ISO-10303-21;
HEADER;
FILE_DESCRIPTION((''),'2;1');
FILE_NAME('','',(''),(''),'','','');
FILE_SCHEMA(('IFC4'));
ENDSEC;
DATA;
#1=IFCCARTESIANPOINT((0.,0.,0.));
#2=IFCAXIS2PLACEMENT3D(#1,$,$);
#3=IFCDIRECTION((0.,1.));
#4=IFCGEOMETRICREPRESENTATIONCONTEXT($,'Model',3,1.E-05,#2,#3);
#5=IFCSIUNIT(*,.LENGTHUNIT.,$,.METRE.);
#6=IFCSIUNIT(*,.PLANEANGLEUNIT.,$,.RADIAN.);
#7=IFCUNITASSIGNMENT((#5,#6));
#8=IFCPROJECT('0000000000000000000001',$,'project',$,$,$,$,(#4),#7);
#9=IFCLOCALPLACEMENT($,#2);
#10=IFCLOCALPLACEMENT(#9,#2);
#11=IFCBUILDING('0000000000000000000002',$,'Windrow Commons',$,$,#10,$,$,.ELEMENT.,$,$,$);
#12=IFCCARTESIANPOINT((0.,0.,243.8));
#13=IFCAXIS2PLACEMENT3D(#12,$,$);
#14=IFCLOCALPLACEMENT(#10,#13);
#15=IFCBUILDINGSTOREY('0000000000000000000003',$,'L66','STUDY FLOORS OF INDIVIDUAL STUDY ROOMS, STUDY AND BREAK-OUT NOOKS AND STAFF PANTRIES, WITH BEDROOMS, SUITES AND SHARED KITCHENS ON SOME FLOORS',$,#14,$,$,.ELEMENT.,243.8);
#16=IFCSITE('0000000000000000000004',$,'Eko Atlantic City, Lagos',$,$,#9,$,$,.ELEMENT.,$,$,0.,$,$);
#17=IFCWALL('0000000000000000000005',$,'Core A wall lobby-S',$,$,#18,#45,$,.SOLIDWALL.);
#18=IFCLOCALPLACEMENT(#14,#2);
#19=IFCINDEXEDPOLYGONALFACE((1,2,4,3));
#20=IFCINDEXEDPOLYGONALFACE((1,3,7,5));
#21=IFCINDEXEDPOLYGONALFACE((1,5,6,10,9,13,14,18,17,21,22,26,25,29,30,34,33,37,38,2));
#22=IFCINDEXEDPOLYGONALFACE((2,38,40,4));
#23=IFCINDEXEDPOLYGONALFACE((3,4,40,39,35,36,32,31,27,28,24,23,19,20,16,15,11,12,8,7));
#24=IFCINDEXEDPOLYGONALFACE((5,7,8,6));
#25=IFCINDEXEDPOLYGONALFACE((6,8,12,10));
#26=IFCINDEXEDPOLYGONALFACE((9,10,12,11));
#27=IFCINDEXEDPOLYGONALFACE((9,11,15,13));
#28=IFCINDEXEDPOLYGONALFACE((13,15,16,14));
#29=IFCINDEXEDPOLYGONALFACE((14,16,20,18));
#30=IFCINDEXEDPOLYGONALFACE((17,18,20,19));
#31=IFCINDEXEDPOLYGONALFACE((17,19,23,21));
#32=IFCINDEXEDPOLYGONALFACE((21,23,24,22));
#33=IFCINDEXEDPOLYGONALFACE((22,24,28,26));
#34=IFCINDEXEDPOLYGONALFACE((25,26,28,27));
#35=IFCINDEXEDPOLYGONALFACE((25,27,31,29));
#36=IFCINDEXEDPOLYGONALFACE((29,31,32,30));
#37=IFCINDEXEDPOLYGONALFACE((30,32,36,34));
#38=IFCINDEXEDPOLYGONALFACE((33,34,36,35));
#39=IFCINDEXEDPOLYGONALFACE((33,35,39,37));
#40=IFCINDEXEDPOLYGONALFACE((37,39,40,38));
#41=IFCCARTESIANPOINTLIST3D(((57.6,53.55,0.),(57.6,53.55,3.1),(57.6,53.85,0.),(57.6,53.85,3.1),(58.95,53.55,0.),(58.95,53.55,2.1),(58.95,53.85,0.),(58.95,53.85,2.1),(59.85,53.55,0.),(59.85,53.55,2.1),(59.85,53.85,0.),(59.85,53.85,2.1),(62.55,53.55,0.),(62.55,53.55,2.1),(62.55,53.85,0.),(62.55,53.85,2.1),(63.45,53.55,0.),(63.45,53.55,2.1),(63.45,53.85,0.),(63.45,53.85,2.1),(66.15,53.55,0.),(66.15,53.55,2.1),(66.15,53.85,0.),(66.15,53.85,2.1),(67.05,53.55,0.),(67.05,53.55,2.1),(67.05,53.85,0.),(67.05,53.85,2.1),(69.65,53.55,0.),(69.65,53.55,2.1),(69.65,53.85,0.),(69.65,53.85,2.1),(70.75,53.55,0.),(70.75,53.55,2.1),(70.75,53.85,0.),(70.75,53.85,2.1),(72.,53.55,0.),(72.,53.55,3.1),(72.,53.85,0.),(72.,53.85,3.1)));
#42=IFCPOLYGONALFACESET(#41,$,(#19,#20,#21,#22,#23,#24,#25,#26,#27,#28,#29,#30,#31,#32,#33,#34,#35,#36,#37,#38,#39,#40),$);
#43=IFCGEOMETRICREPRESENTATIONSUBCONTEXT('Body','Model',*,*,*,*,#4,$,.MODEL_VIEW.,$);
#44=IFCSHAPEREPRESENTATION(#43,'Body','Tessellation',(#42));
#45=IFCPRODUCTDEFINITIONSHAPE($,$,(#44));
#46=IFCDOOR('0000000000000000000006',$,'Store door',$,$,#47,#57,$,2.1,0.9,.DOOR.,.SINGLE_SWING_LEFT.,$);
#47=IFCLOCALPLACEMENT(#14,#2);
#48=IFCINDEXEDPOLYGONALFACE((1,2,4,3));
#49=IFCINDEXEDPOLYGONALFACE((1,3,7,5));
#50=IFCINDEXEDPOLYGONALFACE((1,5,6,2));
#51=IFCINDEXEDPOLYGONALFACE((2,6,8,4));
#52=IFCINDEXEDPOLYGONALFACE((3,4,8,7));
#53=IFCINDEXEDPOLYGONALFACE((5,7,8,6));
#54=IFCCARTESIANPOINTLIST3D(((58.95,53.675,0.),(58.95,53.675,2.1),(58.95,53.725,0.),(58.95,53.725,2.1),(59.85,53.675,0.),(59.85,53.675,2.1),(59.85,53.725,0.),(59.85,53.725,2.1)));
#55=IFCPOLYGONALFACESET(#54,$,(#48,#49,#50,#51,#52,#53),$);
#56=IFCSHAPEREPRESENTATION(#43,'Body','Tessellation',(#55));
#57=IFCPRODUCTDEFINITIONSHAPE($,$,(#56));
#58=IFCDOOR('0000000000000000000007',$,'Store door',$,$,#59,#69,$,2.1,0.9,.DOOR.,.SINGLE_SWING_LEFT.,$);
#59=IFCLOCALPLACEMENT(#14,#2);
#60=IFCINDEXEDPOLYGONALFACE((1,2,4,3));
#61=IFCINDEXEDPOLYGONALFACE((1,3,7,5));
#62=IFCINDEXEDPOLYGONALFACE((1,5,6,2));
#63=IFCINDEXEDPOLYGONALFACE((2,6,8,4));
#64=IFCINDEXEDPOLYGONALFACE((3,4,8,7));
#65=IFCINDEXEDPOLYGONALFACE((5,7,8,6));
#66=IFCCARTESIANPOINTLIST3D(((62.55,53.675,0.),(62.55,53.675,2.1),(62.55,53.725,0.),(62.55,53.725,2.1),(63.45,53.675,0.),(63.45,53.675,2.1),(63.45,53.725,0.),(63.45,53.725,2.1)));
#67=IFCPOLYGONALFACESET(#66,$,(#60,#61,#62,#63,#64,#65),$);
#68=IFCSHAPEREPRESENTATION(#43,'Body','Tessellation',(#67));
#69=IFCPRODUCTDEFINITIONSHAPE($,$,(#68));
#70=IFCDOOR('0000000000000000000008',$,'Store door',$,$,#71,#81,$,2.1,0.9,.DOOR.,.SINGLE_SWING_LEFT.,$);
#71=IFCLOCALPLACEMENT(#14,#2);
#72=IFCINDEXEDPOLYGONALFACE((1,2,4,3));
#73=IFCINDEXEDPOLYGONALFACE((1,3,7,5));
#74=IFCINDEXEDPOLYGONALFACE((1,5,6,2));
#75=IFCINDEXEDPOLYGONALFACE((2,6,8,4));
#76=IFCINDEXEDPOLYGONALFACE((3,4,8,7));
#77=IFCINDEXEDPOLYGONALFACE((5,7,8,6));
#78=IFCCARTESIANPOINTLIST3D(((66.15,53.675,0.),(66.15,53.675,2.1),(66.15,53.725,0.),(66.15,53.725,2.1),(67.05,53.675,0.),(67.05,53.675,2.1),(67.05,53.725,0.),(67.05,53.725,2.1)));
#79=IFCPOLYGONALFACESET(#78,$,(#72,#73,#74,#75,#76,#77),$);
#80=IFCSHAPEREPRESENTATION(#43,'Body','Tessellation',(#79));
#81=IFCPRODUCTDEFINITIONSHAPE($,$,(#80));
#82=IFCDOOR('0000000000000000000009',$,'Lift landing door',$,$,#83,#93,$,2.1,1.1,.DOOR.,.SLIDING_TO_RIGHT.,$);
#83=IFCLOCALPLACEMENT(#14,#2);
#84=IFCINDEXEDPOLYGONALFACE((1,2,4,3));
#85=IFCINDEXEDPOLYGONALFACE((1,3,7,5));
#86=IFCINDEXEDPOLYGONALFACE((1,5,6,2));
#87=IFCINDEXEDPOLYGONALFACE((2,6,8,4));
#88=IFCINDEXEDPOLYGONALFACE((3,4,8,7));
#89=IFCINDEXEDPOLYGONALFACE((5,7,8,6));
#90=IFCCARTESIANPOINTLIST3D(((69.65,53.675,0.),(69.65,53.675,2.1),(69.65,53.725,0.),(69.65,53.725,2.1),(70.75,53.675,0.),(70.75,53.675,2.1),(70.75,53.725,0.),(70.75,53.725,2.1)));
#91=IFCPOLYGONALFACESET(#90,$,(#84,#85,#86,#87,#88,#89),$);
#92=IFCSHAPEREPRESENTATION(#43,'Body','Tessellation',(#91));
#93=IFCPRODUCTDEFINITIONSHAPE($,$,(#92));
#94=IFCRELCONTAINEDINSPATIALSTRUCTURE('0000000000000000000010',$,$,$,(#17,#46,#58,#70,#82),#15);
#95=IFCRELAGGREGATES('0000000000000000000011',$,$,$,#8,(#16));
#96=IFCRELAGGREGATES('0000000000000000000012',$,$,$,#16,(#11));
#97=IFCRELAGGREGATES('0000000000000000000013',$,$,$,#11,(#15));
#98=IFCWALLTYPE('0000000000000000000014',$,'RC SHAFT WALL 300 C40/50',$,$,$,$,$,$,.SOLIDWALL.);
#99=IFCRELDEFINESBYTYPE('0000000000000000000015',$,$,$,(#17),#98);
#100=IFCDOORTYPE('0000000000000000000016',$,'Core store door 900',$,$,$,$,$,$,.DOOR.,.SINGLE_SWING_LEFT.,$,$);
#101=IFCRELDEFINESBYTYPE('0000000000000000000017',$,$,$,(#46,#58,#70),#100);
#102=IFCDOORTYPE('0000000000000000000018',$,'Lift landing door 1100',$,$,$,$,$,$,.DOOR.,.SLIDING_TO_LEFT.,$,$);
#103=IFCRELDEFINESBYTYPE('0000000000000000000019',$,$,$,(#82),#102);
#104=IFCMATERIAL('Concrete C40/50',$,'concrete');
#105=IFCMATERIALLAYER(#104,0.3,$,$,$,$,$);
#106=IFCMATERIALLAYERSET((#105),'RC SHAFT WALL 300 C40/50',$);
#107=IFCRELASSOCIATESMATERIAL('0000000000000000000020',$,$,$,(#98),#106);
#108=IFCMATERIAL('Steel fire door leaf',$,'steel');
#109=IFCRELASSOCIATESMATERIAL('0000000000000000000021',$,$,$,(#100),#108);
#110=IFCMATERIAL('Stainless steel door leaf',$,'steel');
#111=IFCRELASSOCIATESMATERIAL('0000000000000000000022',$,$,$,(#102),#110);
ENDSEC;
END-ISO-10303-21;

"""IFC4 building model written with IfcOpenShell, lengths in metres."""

from ifc_helpers import new_model, si_unit, direction, frame, frame_2d, origin, place, context, subcontext, project, spatial, rectangle, extrude, material, layer, layer_set, type_object, element, fill, save


model = new_model("IFC4")

# Units and contexts
model_context = context("Model", 3, precision=1e-05, world=origin(), true_north=direction((0.0, 1.0)))
body_context = subcontext(model_context, "Body", "Model", "MODEL_VIEW")
ifc_project = project(units=[si_unit("LENGTHUNIT", "METRE"), si_unit("PLANEANGLEUNIT", "RADIAN")], contexts=[model_context])

# Site, building, storey
site_placement = place(None, origin())
site = spatial("IfcSite", under=ifc_project, at=site_placement, Name="Eko Atlantic City, Lagos", CompositionType="ELEMENT", RefElevation=0.0)
building_placement = place(site_placement, origin())
building = spatial("IfcBuilding", under=site, at=building_placement, Name="Windrow Commons", CompositionType="ELEMENT")
storey_placement = place(building_placement, frame((0.0, 0.0, 243.8)))
storey = spatial("IfcBuildingStorey", under=building, at=storey_placement, Name="L66", Description="STUDY FLOORS OF INDIVIDUAL STUDY ROOMS, STUDY AND BREAK-OUT NOOKS AND STAFF PANTRIES, WITH BEDROOMS, SUITES AND SHARED KITCHENS ON SOME FLOORS", CompositionType="ELEMENT", Elevation=243.8)

# Shared definitions
ifc_material_1 = material(Name="Concrete C40/50", Category="concrete")
ifc_layer_1 = layer(ifc_material_1, 0.3)
ifc_layer_set_1 = layer_set([ifc_layer_1], Name="RC SHAFT WALL 300 C40/50")
wall_type_1 = type_object("IfcWallType", Name="RC SHAFT WALL 300 C40/50", PredefinedType="SOLIDWALL", material=ifc_layer_set_1)

# Wall, openings, doors
wall_1_placement = place(storey_placement, frame((57.6, 53.7, 0.0), z_axis=(0.0, 0.0, 1.0), x_axis=(1.0, 0.0, 0.0)))
wall_1 = element("IfcWall", 1, at=wall_1_placement, inside=storey, type_object=wall_type_1, Name="Core A wall lobby-S", PredefinedType="SOLIDWALL", context=body_context, shape_type="SweptSolid", body=[
    extrude(rectangle(XDim=14.4, YDim=0.3, at=frame_2d((7.2, 0.0))), origin(), (0.0, 0.0, 1.0), 3.1),
])
opening_1_placement = place(wall_1_placement, frame((1.35, 0.0, 0.0)))
opening_1 = element("IfcOpeningElement", 2, at=opening_1_placement, cuts=wall_1, PredefinedType="OPENING", context=body_context, shape_type="SweptSolid", body=[
    extrude(rectangle(XDim=0.9, YDim=2.1, at=frame_2d((0.45, 1.05))), frame((0.0, 0.16, 0.0), z_axis=(0.0, -1.0, 0.0), x_axis=(1.0, 0.0, 0.0)), (0.0, 0.0, 1.0), 0.32),
])
opening_2_placement = place(wall_1_placement, frame((4.95, 0.0, 0.0)))
opening_2 = element("IfcOpeningElement", 3, at=opening_2_placement, cuts=wall_1, PredefinedType="OPENING", context=body_context, shape_type="SweptSolid", body=[
    extrude(rectangle(XDim=0.9, YDim=2.1, at=frame_2d((0.45, 1.05))), frame((0.0, 0.16, 0.0), z_axis=(0.0, -1.0, 0.0), x_axis=(1.0, 0.0, 0.0)), (0.0, 0.0, 1.0), 0.32),
])
opening_3_placement = place(wall_1_placement, frame((8.55, 0.0, 0.0)))
opening_3 = element("IfcOpeningElement", 4, at=opening_3_placement, cuts=wall_1, PredefinedType="OPENING", context=body_context, shape_type="SweptSolid", body=[
    extrude(rectangle(XDim=0.9, YDim=2.1, at=frame_2d((0.45, 1.05))), frame((0.0, 0.16, 0.0), z_axis=(0.0, -1.0, 0.0), x_axis=(1.0, 0.0, 0.0)), (0.0, 0.0, 1.0), 0.32),
])
opening_4_placement = place(wall_1_placement, frame((12.05, 0.0, 0.0)))
opening_4 = element("IfcOpeningElement", 5, at=opening_4_placement, cuts=wall_1, PredefinedType="OPENING", context=body_context, shape_type="SweptSolid", body=[
    extrude(rectangle(XDim=1.1, YDim=2.1, at=frame_2d((0.55, 1.05))), frame((0.0, 0.16, 0.0), z_axis=(0.0, -1.0, 0.0), x_axis=(1.0, 0.0, 0.0)), (0.0, 0.0, 1.0), 0.32),
])
ifc_material_2 = material(Name="Steel fire door leaf", Category="steel")
door_type_1 = type_object("IfcDoorType", Name="Core store door 900", OperationType="SINGLE_SWING_LEFT", PredefinedType="DOOR", material=ifc_material_2)
door_1_placement = place(opening_1_placement, origin())
door_1 = element("IfcDoor", 6, at=door_1_placement, inside=storey, type_object=door_type_1, Name="Store door", OperationType="SINGLE_SWING_LEFT", OverallHeight=2.1, OverallWidth=0.9, PredefinedType="DOOR", context=body_context, shape_type="SweptSolid", body=[
    extrude(rectangle(XDim=0.9, YDim=2.1, at=frame_2d((0.45, 1.05))), frame((0.0, 0.025, 0.0), z_axis=(0.0, -1.0, 0.0), x_axis=(1.0, 0.0, 0.0)), (0.0, 0.0, 1.0), 0.05),
])
fill(opening_1, door_1)
door_2_placement = place(opening_2_placement, origin())
door_2 = element("IfcDoor", 7, at=door_2_placement, inside=storey, type_object=door_type_1, Name="Store door", OperationType="SINGLE_SWING_LEFT", OverallHeight=2.1, OverallWidth=0.9, PredefinedType="DOOR", context=body_context, shape_type="SweptSolid", body=[
    extrude(rectangle(XDim=0.9, YDim=2.1, at=frame_2d((0.45, 1.05))), frame((0.0, 0.025, 0.0), z_axis=(0.0, -1.0, 0.0), x_axis=(1.0, 0.0, 0.0)), (0.0, 0.0, 1.0), 0.05),
])
fill(opening_2, door_2)
door_3_placement = place(opening_3_placement, origin())
door_3 = element("IfcDoor", 8, at=door_3_placement, inside=storey, type_object=door_type_1, Name="Store door", OperationType="SINGLE_SWING_LEFT", OverallHeight=2.1, OverallWidth=0.9, PredefinedType="DOOR", context=body_context, shape_type="SweptSolid", body=[
    extrude(rectangle(XDim=0.9, YDim=2.1, at=frame_2d((0.45, 1.05))), frame((0.0, 0.025, 0.0), z_axis=(0.0, -1.0, 0.0), x_axis=(1.0, 0.0, 0.0)), (0.0, 0.0, 1.0), 0.05),
])
fill(opening_3, door_3)
ifc_material_3 = material(Name="Stainless steel door leaf", Category="steel")
door_type_2 = type_object("IfcDoorType", Name="Lift landing door 1100", OperationType="SLIDING_TO_LEFT", PredefinedType="DOOR", material=ifc_material_3)
door_4_placement = place(opening_4_placement, origin())
door_4 = element("IfcDoor", 9, at=door_4_placement, inside=storey, type_object=door_type_2, Name="Lift landing door", OperationType="SLIDING_TO_RIGHT", OverallHeight=2.1, OverallWidth=1.1, PredefinedType="DOOR", context=body_context, shape_type="SweptSolid", body=[
    extrude(rectangle(XDim=1.1, YDim=2.1, at=frame_2d((0.55, 1.05))), frame((0.0, 0.025, 0.0), z_axis=(0.0, -1.0, 0.0), x_axis=(1.0, 0.0, 0.0)), (0.0, 0.0, 1.0), 0.05),
])
fill(opening_4, door_4)

save(model, "model.ifc")
